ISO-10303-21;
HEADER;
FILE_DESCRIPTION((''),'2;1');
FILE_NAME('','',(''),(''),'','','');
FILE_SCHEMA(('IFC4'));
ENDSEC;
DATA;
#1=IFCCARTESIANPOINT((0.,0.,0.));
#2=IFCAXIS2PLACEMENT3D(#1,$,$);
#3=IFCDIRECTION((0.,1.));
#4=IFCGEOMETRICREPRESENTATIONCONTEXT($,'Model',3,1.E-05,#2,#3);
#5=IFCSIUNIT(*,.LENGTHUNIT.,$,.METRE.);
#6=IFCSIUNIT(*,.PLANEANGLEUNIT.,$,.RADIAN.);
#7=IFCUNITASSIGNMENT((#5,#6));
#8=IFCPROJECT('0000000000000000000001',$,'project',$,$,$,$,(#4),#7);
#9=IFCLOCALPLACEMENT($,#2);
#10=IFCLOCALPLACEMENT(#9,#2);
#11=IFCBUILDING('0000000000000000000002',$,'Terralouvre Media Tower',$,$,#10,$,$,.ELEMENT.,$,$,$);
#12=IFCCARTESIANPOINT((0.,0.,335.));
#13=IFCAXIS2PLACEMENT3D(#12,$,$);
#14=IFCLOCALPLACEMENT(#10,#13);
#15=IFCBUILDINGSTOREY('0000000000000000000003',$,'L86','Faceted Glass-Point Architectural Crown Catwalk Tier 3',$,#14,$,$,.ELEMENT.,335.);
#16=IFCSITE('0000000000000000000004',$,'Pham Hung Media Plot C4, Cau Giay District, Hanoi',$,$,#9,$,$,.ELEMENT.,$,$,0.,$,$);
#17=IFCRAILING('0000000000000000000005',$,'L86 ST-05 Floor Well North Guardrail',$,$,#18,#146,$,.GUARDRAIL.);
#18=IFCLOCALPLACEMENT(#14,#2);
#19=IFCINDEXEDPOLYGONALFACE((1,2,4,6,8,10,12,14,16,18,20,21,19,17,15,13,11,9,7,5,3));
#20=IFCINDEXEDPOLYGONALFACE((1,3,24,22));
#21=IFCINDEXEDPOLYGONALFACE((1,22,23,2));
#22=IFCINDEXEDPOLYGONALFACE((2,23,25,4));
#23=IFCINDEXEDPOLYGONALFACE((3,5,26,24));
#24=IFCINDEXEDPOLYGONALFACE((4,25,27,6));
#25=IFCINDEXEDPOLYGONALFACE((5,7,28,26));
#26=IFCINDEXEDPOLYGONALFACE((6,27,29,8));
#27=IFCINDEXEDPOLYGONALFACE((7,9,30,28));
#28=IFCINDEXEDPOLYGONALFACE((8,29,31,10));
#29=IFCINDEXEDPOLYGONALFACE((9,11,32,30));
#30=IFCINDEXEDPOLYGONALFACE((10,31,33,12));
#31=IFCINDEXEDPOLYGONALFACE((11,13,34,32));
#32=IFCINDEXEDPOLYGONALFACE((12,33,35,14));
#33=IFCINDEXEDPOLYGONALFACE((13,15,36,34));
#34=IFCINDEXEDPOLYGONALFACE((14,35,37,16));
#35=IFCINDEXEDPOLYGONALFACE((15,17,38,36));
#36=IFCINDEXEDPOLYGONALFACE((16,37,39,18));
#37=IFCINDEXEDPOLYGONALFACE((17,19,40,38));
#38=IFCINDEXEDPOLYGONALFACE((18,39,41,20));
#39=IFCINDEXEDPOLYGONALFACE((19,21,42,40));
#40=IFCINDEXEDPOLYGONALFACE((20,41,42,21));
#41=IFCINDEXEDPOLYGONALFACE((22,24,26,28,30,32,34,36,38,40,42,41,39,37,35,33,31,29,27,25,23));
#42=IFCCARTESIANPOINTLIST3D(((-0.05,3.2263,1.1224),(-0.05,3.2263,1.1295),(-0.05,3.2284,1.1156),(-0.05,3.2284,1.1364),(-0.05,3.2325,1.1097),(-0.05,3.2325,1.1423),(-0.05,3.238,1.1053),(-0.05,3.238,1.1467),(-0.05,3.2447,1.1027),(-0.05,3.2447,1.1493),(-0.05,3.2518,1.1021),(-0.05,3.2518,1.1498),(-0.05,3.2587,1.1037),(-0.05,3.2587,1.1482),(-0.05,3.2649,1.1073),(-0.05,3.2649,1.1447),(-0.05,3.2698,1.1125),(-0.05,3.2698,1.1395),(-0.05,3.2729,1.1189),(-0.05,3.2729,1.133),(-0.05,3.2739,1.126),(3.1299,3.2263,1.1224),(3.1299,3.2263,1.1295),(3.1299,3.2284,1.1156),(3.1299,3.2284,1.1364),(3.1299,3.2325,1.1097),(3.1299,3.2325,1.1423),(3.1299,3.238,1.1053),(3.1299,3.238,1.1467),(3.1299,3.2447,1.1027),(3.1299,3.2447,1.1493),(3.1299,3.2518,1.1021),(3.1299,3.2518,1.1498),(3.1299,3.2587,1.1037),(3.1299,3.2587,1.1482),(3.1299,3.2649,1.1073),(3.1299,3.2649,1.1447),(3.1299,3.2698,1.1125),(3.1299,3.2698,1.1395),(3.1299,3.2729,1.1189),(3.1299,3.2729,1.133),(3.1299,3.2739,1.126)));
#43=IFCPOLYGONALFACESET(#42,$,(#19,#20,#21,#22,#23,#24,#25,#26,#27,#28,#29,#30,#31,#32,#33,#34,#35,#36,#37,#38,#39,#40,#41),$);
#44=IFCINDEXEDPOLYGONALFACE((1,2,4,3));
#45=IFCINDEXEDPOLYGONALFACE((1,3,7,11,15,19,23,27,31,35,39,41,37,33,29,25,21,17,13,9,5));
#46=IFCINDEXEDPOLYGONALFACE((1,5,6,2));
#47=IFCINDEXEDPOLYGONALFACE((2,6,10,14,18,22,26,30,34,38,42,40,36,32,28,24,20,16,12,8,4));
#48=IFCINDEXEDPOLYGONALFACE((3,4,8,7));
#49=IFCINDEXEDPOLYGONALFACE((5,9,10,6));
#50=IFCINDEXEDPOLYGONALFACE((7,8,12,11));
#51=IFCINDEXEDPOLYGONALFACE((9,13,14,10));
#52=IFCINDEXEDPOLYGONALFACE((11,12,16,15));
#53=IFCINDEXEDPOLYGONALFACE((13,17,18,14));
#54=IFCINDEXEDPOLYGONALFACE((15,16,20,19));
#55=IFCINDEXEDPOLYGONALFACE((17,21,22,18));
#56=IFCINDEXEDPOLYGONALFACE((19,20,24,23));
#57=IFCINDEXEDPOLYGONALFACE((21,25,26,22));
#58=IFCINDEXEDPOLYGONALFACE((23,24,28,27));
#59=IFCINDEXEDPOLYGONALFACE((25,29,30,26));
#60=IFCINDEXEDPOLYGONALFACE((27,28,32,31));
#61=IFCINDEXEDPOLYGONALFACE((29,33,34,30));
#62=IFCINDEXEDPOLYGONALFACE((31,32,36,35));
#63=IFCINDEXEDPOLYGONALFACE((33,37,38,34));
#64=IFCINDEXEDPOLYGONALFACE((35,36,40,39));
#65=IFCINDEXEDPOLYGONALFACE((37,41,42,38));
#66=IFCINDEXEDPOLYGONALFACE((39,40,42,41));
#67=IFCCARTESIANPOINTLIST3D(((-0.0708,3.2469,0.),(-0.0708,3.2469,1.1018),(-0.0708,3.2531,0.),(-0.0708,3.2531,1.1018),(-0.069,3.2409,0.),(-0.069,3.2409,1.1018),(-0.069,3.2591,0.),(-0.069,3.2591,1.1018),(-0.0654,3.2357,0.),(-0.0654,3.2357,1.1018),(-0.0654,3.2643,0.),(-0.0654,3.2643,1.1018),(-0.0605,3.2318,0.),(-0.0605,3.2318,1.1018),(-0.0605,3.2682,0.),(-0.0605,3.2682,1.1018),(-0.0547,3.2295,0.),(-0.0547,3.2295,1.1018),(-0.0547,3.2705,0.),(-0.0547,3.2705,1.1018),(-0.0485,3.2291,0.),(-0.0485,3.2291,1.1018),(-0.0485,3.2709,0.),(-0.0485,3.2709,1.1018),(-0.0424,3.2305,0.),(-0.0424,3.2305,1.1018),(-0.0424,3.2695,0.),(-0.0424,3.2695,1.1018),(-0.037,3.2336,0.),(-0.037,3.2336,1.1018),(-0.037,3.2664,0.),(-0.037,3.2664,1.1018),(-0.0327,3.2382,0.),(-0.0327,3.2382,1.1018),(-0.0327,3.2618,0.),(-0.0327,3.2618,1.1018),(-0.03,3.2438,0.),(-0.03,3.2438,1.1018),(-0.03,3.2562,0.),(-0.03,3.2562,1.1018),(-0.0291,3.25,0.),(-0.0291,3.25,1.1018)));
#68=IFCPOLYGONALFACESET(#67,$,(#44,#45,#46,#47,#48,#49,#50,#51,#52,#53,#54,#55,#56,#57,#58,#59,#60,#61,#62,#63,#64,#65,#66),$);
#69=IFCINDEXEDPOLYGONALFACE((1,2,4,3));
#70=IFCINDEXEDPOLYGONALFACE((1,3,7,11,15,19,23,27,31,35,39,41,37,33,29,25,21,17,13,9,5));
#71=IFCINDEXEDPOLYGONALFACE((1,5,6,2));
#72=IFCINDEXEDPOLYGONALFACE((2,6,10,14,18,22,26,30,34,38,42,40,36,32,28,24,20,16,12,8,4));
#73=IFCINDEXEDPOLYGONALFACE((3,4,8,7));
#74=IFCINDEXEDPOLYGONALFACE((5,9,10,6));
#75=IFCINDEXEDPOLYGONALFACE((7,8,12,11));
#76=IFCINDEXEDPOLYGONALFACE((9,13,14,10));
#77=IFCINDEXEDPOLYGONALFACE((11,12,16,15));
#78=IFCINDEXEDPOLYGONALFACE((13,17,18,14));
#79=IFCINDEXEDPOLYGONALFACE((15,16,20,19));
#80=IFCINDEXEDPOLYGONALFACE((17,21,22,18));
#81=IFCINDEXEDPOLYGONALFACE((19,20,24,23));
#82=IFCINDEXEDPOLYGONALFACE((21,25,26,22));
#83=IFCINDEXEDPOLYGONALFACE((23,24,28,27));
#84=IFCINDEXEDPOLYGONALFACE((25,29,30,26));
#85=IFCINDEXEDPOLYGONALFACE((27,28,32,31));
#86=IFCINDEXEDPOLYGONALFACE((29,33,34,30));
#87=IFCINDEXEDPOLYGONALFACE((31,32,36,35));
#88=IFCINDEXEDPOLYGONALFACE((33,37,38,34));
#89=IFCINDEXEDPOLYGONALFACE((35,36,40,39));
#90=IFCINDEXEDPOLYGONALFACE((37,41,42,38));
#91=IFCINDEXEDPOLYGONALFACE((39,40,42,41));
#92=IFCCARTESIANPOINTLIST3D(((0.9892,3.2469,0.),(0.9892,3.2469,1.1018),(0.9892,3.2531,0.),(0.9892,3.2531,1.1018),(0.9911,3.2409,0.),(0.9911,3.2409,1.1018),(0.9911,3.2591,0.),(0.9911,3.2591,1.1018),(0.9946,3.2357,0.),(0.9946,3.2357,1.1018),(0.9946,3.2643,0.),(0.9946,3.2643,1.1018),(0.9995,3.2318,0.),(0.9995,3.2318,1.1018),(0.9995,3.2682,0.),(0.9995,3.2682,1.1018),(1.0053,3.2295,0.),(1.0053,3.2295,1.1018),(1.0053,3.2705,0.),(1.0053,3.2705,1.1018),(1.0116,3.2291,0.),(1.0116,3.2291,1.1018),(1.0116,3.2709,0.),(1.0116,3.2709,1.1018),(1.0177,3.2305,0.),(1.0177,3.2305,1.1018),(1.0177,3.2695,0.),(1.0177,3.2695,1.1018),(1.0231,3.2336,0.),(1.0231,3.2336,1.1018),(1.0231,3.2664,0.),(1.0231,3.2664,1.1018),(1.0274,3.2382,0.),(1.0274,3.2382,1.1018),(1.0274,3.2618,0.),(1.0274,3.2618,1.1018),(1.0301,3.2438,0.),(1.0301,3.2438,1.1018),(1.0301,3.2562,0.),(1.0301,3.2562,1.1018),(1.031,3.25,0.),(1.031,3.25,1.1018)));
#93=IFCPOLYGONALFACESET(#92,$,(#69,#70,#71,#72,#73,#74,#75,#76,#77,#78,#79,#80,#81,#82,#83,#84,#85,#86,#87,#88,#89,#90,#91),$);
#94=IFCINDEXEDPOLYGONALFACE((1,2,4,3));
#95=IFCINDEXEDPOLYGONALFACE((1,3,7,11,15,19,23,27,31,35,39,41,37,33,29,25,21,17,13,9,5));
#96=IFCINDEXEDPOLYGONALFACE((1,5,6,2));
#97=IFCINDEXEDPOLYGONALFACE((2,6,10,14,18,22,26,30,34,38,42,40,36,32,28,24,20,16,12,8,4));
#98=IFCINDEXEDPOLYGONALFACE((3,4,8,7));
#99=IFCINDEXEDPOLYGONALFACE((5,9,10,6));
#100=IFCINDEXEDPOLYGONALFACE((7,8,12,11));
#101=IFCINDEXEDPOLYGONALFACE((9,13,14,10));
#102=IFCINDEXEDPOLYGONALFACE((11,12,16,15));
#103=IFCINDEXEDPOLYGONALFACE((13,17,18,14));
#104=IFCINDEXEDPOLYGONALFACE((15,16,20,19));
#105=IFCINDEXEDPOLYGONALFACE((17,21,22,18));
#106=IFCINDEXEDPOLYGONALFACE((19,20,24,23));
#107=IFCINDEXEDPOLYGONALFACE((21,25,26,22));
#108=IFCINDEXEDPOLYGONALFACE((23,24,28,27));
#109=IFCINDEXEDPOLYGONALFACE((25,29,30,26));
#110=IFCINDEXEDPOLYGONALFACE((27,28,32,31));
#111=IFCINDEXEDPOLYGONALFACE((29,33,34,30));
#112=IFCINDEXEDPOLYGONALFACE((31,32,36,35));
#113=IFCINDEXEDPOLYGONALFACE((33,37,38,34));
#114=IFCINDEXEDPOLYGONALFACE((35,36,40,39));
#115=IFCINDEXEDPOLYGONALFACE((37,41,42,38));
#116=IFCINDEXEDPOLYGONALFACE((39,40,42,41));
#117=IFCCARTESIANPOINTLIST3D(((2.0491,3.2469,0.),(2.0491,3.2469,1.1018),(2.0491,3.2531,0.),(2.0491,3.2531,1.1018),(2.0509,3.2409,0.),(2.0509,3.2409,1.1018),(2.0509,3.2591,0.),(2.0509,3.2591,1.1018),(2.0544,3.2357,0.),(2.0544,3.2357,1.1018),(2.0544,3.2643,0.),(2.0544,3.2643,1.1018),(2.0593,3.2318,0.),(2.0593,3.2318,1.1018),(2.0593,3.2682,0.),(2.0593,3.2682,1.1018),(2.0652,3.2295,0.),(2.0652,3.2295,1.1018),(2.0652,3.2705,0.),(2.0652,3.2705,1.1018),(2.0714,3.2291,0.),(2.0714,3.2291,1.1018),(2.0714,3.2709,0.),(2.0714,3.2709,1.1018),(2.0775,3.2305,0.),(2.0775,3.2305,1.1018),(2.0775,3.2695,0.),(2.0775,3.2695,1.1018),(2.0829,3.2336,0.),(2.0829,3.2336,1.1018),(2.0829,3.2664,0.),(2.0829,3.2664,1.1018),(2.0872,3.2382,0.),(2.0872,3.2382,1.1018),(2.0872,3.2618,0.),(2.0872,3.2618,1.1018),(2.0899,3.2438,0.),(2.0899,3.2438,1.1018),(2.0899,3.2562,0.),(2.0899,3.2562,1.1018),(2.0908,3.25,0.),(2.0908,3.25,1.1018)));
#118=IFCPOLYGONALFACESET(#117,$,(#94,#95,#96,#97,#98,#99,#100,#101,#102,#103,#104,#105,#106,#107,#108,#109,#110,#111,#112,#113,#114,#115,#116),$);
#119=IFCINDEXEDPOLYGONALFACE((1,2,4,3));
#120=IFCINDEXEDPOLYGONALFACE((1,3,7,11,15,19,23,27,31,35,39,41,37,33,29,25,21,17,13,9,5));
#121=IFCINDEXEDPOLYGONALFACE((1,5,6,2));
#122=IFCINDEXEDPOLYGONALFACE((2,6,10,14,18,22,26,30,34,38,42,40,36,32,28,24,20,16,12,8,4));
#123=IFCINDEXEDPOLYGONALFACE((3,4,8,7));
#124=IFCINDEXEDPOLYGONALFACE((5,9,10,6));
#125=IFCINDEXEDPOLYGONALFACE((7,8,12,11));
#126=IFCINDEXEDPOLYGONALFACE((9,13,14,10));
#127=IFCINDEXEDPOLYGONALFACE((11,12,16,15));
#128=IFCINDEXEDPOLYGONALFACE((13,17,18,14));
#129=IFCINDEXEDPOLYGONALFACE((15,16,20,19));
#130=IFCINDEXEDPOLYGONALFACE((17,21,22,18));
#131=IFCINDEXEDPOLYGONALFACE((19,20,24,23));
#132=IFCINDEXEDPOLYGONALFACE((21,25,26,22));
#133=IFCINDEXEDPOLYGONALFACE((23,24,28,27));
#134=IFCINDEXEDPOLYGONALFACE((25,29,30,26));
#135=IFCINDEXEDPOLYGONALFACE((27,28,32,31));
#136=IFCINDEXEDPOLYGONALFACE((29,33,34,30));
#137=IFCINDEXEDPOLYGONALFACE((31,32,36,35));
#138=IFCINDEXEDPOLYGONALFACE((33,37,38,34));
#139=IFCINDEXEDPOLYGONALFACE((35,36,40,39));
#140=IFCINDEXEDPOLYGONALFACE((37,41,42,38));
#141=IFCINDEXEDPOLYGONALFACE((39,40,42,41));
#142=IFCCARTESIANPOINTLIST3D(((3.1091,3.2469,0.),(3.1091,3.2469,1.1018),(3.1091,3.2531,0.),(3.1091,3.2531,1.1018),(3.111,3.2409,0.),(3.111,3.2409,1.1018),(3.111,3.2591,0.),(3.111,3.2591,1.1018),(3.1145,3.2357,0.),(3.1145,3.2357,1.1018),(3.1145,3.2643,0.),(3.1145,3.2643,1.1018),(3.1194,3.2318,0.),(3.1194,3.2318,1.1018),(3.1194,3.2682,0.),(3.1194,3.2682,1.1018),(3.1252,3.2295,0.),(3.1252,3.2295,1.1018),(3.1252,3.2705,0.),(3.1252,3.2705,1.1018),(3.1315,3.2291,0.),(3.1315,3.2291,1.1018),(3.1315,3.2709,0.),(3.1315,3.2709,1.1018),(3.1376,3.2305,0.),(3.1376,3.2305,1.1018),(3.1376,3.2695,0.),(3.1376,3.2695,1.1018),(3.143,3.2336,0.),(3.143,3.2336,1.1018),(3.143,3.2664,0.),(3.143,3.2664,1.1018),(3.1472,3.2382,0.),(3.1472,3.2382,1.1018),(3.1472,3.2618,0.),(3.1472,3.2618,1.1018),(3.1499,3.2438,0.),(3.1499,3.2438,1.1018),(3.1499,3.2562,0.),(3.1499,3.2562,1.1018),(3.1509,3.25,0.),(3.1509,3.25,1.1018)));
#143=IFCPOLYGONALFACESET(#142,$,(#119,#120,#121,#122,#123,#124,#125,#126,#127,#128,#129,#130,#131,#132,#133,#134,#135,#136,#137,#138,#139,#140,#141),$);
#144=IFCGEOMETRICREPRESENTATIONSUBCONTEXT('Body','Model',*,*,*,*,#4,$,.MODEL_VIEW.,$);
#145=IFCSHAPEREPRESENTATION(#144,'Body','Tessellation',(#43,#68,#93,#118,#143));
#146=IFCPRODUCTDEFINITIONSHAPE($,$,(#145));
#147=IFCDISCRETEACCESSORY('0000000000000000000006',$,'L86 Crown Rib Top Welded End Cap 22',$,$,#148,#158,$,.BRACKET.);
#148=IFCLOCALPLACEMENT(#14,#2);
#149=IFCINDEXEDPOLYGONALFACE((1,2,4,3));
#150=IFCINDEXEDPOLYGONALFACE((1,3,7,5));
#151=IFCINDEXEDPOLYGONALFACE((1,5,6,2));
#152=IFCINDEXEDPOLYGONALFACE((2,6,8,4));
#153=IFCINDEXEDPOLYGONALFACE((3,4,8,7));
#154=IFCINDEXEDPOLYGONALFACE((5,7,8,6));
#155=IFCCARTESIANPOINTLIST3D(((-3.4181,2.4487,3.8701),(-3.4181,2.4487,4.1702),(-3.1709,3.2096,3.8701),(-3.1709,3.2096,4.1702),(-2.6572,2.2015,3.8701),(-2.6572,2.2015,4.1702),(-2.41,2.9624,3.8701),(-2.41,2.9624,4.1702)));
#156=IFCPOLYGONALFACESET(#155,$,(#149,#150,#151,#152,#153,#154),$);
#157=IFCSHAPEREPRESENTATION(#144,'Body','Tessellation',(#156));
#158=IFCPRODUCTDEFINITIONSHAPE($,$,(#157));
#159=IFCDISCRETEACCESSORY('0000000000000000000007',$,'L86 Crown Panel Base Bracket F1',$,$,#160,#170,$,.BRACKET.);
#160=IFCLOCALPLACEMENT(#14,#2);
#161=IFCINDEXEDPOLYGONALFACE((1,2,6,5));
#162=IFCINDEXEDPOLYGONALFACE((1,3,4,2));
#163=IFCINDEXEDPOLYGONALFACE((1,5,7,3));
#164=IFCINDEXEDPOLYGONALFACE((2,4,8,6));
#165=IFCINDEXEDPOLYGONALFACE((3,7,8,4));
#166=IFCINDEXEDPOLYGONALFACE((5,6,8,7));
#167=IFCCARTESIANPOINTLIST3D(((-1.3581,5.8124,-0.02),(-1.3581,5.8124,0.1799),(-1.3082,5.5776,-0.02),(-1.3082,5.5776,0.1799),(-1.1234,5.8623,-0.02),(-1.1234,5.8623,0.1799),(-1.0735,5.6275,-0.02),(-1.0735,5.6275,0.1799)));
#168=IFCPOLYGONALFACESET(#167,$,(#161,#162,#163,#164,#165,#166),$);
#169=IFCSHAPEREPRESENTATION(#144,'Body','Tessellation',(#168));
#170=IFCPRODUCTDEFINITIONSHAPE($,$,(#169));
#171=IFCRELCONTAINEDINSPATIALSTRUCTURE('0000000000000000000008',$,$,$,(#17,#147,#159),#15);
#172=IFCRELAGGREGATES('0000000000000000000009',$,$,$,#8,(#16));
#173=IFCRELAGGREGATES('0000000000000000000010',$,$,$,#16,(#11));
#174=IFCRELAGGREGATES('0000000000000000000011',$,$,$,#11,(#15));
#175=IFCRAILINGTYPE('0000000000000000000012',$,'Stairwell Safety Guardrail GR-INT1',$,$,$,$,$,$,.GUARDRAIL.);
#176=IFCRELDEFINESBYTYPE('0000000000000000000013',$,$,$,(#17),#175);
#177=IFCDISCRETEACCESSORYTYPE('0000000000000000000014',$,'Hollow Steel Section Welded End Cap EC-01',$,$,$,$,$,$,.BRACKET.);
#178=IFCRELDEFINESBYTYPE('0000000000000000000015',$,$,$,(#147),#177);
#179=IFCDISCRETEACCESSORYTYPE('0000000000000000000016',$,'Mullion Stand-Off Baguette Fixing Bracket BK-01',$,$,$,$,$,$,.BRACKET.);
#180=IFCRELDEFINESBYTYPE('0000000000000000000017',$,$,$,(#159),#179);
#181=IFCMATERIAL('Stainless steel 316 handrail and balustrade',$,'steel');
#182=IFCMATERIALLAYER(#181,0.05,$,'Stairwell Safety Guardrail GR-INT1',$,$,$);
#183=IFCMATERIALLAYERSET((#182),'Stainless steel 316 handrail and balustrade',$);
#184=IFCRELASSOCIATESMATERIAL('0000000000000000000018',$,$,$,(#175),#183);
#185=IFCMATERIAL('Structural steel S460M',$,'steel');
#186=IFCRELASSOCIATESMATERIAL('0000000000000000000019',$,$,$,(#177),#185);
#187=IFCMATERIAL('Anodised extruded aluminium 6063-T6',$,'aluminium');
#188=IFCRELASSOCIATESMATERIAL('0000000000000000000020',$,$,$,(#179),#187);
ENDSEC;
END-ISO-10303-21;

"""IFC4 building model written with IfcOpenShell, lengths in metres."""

from ifc_helpers import new_model, si_unit, direction, frame, origin, origin_2d, place, context, subcontext, project, spatial, rectangle, circle, extrude, material, layer, layer_set, type_object, element, save


model = new_model("IFC4")

# Units and contexts
model_context = context("Model", 3, precision=1e-05, world=origin(), true_north=direction((0.0, 1.0)))
body_context = subcontext(model_context, "Body", "Model", "MODEL_VIEW")
ifc_project = project(units=[si_unit("LENGTHUNIT", "METRE"), si_unit("PLANEANGLEUNIT", "RADIAN")], contexts=[model_context])

# Site, building, storey
site_placement = place(None, origin())
site = spatial("IfcSite", under=ifc_project, at=site_placement, Name="Pham Hung Media Plot C4, Cau Giay District, Hanoi", CompositionType="ELEMENT", RefElevation=0.0)
building_placement = place(site_placement, origin())
building = spatial("IfcBuilding", under=site, at=building_placement, Name="Terralouvre Media Tower", CompositionType="ELEMENT")
storey_placement = place(building_placement, frame((0.0, 0.0, 335.0)))
storey = spatial("IfcBuildingStorey", under=building, at=storey_placement, Name="L86", Description="Faceted Glass-Point Architectural Crown Catwalk Tier 3", CompositionType="ELEMENT", Elevation=335.0)

# Railing
ifc_material_1 = material(Name="Stainless steel 316 handrail and balustrade", Category="steel")
ifc_layer_1 = layer(ifc_material_1, 0.05, Name="Stairwell Safety Guardrail GR-INT1")
ifc_layer_set_1 = layer_set([ifc_layer_1], Name="Stainless steel 316 handrail and balustrade")
railing_type_1 = type_object("IfcRailingType", Name="Stairwell Safety Guardrail GR-INT1", PredefinedType="GUARDRAIL", material=ifc_layer_set_1)
railing_1_placement = place(storey_placement, frame((-0.05, 3.25, 0.0)))
element("IfcRailing", 1, at=railing_1_placement, inside=storey, type_object=railing_type_1, Name="L86 ST-05 Floor Well North Guardrail", PredefinedType="GUARDRAIL", context=body_context, shape_type="SweptSolid", body=[
    extrude(circle(Radius=0.0239, at=origin_2d()), frame((0.0, 0.0, 1.126), z_axis=(1.0, 0.0, 0.0), x_axis=(0.0, 1.0, 0.0)), (0.0, 0.0, 1.0), 3.1799),
    extrude(circle(Radius=0.021, at=origin_2d()), origin(), (0.0, 0.0, 1.0), 1.1018),
    extrude(circle(Radius=0.021, at=origin_2d()), frame((1.0601, 0.0, 0.0)), (0.0, 0.0, 1.0), 1.1018),
    extrude(circle(Radius=0.021, at=origin_2d()), frame((2.1199, 0.0, 0.0)), (0.0, 0.0, 1.0), 1.1018),
    extrude(circle(Radius=0.021, at=origin_2d()), frame((3.1799, 0.0, 0.0)), (0.0, 0.0, 1.0), 1.1018),
])

# Discrete accessories
ifc_material_2 = material(Name="Structural steel S460M", Category="steel")
discrete_accessory_type_1 = type_object("IfcDiscreteAccessoryType", Name="Hollow Steel Section Welded End Cap EC-01", PredefinedType="BRACKET", material=ifc_material_2)
discrete_accessory_1_placement = place(storey_placement, frame((-2.9141, 2.7056, 3.8701), z_axis=(0.0, 0.0, 1.0), x_axis=(0.309017, 0.951057, 0.0)))
element("IfcDiscreteAccessory", 2, at=discrete_accessory_1_placement, inside=storey, type_object=discrete_accessory_type_1, Name="L86 Crown Rib Top Welded End Cap 22", PredefinedType="BRACKET", context=body_context, shape_type="SweptSolid", body=[
    extrude(rectangle(XDim=0.8, YDim=0.8, at=origin_2d()), origin(), (0.0, 0.0, 1.0), 0.3),
])
ifc_material_3 = material(Name="Anodised extruded aluminium 6063-T6", Category="aluminium")
discrete_accessory_type_2 = type_object("IfcDiscreteAccessoryType", Name="Mullion Stand-Off Baguette Fixing Bracket BK-01", PredefinedType="BRACKET", material=ifc_material_3)
discrete_accessory_2_placement = place(storey_placement, frame((-1.2158, 5.72, -0.02), z_axis=(0.0, 0.0, 1.0), x_axis=(-0.978148, -0.207912, 0.0)))
element("IfcDiscreteAccessory", 3, at=discrete_accessory_2_placement, inside=storey, type_object=discrete_accessory_type_2, Name="L86 Crown Panel Base Bracket F1", PredefinedType="BRACKET", context=body_context, shape_type="SweptSolid", body=[
    extrude(rectangle(XDim=0.24, YDim=0.24, at=origin_2d()), origin(), (0.0, 0.0, 1.0), 0.2),
])

save(model, "model.ifc")
